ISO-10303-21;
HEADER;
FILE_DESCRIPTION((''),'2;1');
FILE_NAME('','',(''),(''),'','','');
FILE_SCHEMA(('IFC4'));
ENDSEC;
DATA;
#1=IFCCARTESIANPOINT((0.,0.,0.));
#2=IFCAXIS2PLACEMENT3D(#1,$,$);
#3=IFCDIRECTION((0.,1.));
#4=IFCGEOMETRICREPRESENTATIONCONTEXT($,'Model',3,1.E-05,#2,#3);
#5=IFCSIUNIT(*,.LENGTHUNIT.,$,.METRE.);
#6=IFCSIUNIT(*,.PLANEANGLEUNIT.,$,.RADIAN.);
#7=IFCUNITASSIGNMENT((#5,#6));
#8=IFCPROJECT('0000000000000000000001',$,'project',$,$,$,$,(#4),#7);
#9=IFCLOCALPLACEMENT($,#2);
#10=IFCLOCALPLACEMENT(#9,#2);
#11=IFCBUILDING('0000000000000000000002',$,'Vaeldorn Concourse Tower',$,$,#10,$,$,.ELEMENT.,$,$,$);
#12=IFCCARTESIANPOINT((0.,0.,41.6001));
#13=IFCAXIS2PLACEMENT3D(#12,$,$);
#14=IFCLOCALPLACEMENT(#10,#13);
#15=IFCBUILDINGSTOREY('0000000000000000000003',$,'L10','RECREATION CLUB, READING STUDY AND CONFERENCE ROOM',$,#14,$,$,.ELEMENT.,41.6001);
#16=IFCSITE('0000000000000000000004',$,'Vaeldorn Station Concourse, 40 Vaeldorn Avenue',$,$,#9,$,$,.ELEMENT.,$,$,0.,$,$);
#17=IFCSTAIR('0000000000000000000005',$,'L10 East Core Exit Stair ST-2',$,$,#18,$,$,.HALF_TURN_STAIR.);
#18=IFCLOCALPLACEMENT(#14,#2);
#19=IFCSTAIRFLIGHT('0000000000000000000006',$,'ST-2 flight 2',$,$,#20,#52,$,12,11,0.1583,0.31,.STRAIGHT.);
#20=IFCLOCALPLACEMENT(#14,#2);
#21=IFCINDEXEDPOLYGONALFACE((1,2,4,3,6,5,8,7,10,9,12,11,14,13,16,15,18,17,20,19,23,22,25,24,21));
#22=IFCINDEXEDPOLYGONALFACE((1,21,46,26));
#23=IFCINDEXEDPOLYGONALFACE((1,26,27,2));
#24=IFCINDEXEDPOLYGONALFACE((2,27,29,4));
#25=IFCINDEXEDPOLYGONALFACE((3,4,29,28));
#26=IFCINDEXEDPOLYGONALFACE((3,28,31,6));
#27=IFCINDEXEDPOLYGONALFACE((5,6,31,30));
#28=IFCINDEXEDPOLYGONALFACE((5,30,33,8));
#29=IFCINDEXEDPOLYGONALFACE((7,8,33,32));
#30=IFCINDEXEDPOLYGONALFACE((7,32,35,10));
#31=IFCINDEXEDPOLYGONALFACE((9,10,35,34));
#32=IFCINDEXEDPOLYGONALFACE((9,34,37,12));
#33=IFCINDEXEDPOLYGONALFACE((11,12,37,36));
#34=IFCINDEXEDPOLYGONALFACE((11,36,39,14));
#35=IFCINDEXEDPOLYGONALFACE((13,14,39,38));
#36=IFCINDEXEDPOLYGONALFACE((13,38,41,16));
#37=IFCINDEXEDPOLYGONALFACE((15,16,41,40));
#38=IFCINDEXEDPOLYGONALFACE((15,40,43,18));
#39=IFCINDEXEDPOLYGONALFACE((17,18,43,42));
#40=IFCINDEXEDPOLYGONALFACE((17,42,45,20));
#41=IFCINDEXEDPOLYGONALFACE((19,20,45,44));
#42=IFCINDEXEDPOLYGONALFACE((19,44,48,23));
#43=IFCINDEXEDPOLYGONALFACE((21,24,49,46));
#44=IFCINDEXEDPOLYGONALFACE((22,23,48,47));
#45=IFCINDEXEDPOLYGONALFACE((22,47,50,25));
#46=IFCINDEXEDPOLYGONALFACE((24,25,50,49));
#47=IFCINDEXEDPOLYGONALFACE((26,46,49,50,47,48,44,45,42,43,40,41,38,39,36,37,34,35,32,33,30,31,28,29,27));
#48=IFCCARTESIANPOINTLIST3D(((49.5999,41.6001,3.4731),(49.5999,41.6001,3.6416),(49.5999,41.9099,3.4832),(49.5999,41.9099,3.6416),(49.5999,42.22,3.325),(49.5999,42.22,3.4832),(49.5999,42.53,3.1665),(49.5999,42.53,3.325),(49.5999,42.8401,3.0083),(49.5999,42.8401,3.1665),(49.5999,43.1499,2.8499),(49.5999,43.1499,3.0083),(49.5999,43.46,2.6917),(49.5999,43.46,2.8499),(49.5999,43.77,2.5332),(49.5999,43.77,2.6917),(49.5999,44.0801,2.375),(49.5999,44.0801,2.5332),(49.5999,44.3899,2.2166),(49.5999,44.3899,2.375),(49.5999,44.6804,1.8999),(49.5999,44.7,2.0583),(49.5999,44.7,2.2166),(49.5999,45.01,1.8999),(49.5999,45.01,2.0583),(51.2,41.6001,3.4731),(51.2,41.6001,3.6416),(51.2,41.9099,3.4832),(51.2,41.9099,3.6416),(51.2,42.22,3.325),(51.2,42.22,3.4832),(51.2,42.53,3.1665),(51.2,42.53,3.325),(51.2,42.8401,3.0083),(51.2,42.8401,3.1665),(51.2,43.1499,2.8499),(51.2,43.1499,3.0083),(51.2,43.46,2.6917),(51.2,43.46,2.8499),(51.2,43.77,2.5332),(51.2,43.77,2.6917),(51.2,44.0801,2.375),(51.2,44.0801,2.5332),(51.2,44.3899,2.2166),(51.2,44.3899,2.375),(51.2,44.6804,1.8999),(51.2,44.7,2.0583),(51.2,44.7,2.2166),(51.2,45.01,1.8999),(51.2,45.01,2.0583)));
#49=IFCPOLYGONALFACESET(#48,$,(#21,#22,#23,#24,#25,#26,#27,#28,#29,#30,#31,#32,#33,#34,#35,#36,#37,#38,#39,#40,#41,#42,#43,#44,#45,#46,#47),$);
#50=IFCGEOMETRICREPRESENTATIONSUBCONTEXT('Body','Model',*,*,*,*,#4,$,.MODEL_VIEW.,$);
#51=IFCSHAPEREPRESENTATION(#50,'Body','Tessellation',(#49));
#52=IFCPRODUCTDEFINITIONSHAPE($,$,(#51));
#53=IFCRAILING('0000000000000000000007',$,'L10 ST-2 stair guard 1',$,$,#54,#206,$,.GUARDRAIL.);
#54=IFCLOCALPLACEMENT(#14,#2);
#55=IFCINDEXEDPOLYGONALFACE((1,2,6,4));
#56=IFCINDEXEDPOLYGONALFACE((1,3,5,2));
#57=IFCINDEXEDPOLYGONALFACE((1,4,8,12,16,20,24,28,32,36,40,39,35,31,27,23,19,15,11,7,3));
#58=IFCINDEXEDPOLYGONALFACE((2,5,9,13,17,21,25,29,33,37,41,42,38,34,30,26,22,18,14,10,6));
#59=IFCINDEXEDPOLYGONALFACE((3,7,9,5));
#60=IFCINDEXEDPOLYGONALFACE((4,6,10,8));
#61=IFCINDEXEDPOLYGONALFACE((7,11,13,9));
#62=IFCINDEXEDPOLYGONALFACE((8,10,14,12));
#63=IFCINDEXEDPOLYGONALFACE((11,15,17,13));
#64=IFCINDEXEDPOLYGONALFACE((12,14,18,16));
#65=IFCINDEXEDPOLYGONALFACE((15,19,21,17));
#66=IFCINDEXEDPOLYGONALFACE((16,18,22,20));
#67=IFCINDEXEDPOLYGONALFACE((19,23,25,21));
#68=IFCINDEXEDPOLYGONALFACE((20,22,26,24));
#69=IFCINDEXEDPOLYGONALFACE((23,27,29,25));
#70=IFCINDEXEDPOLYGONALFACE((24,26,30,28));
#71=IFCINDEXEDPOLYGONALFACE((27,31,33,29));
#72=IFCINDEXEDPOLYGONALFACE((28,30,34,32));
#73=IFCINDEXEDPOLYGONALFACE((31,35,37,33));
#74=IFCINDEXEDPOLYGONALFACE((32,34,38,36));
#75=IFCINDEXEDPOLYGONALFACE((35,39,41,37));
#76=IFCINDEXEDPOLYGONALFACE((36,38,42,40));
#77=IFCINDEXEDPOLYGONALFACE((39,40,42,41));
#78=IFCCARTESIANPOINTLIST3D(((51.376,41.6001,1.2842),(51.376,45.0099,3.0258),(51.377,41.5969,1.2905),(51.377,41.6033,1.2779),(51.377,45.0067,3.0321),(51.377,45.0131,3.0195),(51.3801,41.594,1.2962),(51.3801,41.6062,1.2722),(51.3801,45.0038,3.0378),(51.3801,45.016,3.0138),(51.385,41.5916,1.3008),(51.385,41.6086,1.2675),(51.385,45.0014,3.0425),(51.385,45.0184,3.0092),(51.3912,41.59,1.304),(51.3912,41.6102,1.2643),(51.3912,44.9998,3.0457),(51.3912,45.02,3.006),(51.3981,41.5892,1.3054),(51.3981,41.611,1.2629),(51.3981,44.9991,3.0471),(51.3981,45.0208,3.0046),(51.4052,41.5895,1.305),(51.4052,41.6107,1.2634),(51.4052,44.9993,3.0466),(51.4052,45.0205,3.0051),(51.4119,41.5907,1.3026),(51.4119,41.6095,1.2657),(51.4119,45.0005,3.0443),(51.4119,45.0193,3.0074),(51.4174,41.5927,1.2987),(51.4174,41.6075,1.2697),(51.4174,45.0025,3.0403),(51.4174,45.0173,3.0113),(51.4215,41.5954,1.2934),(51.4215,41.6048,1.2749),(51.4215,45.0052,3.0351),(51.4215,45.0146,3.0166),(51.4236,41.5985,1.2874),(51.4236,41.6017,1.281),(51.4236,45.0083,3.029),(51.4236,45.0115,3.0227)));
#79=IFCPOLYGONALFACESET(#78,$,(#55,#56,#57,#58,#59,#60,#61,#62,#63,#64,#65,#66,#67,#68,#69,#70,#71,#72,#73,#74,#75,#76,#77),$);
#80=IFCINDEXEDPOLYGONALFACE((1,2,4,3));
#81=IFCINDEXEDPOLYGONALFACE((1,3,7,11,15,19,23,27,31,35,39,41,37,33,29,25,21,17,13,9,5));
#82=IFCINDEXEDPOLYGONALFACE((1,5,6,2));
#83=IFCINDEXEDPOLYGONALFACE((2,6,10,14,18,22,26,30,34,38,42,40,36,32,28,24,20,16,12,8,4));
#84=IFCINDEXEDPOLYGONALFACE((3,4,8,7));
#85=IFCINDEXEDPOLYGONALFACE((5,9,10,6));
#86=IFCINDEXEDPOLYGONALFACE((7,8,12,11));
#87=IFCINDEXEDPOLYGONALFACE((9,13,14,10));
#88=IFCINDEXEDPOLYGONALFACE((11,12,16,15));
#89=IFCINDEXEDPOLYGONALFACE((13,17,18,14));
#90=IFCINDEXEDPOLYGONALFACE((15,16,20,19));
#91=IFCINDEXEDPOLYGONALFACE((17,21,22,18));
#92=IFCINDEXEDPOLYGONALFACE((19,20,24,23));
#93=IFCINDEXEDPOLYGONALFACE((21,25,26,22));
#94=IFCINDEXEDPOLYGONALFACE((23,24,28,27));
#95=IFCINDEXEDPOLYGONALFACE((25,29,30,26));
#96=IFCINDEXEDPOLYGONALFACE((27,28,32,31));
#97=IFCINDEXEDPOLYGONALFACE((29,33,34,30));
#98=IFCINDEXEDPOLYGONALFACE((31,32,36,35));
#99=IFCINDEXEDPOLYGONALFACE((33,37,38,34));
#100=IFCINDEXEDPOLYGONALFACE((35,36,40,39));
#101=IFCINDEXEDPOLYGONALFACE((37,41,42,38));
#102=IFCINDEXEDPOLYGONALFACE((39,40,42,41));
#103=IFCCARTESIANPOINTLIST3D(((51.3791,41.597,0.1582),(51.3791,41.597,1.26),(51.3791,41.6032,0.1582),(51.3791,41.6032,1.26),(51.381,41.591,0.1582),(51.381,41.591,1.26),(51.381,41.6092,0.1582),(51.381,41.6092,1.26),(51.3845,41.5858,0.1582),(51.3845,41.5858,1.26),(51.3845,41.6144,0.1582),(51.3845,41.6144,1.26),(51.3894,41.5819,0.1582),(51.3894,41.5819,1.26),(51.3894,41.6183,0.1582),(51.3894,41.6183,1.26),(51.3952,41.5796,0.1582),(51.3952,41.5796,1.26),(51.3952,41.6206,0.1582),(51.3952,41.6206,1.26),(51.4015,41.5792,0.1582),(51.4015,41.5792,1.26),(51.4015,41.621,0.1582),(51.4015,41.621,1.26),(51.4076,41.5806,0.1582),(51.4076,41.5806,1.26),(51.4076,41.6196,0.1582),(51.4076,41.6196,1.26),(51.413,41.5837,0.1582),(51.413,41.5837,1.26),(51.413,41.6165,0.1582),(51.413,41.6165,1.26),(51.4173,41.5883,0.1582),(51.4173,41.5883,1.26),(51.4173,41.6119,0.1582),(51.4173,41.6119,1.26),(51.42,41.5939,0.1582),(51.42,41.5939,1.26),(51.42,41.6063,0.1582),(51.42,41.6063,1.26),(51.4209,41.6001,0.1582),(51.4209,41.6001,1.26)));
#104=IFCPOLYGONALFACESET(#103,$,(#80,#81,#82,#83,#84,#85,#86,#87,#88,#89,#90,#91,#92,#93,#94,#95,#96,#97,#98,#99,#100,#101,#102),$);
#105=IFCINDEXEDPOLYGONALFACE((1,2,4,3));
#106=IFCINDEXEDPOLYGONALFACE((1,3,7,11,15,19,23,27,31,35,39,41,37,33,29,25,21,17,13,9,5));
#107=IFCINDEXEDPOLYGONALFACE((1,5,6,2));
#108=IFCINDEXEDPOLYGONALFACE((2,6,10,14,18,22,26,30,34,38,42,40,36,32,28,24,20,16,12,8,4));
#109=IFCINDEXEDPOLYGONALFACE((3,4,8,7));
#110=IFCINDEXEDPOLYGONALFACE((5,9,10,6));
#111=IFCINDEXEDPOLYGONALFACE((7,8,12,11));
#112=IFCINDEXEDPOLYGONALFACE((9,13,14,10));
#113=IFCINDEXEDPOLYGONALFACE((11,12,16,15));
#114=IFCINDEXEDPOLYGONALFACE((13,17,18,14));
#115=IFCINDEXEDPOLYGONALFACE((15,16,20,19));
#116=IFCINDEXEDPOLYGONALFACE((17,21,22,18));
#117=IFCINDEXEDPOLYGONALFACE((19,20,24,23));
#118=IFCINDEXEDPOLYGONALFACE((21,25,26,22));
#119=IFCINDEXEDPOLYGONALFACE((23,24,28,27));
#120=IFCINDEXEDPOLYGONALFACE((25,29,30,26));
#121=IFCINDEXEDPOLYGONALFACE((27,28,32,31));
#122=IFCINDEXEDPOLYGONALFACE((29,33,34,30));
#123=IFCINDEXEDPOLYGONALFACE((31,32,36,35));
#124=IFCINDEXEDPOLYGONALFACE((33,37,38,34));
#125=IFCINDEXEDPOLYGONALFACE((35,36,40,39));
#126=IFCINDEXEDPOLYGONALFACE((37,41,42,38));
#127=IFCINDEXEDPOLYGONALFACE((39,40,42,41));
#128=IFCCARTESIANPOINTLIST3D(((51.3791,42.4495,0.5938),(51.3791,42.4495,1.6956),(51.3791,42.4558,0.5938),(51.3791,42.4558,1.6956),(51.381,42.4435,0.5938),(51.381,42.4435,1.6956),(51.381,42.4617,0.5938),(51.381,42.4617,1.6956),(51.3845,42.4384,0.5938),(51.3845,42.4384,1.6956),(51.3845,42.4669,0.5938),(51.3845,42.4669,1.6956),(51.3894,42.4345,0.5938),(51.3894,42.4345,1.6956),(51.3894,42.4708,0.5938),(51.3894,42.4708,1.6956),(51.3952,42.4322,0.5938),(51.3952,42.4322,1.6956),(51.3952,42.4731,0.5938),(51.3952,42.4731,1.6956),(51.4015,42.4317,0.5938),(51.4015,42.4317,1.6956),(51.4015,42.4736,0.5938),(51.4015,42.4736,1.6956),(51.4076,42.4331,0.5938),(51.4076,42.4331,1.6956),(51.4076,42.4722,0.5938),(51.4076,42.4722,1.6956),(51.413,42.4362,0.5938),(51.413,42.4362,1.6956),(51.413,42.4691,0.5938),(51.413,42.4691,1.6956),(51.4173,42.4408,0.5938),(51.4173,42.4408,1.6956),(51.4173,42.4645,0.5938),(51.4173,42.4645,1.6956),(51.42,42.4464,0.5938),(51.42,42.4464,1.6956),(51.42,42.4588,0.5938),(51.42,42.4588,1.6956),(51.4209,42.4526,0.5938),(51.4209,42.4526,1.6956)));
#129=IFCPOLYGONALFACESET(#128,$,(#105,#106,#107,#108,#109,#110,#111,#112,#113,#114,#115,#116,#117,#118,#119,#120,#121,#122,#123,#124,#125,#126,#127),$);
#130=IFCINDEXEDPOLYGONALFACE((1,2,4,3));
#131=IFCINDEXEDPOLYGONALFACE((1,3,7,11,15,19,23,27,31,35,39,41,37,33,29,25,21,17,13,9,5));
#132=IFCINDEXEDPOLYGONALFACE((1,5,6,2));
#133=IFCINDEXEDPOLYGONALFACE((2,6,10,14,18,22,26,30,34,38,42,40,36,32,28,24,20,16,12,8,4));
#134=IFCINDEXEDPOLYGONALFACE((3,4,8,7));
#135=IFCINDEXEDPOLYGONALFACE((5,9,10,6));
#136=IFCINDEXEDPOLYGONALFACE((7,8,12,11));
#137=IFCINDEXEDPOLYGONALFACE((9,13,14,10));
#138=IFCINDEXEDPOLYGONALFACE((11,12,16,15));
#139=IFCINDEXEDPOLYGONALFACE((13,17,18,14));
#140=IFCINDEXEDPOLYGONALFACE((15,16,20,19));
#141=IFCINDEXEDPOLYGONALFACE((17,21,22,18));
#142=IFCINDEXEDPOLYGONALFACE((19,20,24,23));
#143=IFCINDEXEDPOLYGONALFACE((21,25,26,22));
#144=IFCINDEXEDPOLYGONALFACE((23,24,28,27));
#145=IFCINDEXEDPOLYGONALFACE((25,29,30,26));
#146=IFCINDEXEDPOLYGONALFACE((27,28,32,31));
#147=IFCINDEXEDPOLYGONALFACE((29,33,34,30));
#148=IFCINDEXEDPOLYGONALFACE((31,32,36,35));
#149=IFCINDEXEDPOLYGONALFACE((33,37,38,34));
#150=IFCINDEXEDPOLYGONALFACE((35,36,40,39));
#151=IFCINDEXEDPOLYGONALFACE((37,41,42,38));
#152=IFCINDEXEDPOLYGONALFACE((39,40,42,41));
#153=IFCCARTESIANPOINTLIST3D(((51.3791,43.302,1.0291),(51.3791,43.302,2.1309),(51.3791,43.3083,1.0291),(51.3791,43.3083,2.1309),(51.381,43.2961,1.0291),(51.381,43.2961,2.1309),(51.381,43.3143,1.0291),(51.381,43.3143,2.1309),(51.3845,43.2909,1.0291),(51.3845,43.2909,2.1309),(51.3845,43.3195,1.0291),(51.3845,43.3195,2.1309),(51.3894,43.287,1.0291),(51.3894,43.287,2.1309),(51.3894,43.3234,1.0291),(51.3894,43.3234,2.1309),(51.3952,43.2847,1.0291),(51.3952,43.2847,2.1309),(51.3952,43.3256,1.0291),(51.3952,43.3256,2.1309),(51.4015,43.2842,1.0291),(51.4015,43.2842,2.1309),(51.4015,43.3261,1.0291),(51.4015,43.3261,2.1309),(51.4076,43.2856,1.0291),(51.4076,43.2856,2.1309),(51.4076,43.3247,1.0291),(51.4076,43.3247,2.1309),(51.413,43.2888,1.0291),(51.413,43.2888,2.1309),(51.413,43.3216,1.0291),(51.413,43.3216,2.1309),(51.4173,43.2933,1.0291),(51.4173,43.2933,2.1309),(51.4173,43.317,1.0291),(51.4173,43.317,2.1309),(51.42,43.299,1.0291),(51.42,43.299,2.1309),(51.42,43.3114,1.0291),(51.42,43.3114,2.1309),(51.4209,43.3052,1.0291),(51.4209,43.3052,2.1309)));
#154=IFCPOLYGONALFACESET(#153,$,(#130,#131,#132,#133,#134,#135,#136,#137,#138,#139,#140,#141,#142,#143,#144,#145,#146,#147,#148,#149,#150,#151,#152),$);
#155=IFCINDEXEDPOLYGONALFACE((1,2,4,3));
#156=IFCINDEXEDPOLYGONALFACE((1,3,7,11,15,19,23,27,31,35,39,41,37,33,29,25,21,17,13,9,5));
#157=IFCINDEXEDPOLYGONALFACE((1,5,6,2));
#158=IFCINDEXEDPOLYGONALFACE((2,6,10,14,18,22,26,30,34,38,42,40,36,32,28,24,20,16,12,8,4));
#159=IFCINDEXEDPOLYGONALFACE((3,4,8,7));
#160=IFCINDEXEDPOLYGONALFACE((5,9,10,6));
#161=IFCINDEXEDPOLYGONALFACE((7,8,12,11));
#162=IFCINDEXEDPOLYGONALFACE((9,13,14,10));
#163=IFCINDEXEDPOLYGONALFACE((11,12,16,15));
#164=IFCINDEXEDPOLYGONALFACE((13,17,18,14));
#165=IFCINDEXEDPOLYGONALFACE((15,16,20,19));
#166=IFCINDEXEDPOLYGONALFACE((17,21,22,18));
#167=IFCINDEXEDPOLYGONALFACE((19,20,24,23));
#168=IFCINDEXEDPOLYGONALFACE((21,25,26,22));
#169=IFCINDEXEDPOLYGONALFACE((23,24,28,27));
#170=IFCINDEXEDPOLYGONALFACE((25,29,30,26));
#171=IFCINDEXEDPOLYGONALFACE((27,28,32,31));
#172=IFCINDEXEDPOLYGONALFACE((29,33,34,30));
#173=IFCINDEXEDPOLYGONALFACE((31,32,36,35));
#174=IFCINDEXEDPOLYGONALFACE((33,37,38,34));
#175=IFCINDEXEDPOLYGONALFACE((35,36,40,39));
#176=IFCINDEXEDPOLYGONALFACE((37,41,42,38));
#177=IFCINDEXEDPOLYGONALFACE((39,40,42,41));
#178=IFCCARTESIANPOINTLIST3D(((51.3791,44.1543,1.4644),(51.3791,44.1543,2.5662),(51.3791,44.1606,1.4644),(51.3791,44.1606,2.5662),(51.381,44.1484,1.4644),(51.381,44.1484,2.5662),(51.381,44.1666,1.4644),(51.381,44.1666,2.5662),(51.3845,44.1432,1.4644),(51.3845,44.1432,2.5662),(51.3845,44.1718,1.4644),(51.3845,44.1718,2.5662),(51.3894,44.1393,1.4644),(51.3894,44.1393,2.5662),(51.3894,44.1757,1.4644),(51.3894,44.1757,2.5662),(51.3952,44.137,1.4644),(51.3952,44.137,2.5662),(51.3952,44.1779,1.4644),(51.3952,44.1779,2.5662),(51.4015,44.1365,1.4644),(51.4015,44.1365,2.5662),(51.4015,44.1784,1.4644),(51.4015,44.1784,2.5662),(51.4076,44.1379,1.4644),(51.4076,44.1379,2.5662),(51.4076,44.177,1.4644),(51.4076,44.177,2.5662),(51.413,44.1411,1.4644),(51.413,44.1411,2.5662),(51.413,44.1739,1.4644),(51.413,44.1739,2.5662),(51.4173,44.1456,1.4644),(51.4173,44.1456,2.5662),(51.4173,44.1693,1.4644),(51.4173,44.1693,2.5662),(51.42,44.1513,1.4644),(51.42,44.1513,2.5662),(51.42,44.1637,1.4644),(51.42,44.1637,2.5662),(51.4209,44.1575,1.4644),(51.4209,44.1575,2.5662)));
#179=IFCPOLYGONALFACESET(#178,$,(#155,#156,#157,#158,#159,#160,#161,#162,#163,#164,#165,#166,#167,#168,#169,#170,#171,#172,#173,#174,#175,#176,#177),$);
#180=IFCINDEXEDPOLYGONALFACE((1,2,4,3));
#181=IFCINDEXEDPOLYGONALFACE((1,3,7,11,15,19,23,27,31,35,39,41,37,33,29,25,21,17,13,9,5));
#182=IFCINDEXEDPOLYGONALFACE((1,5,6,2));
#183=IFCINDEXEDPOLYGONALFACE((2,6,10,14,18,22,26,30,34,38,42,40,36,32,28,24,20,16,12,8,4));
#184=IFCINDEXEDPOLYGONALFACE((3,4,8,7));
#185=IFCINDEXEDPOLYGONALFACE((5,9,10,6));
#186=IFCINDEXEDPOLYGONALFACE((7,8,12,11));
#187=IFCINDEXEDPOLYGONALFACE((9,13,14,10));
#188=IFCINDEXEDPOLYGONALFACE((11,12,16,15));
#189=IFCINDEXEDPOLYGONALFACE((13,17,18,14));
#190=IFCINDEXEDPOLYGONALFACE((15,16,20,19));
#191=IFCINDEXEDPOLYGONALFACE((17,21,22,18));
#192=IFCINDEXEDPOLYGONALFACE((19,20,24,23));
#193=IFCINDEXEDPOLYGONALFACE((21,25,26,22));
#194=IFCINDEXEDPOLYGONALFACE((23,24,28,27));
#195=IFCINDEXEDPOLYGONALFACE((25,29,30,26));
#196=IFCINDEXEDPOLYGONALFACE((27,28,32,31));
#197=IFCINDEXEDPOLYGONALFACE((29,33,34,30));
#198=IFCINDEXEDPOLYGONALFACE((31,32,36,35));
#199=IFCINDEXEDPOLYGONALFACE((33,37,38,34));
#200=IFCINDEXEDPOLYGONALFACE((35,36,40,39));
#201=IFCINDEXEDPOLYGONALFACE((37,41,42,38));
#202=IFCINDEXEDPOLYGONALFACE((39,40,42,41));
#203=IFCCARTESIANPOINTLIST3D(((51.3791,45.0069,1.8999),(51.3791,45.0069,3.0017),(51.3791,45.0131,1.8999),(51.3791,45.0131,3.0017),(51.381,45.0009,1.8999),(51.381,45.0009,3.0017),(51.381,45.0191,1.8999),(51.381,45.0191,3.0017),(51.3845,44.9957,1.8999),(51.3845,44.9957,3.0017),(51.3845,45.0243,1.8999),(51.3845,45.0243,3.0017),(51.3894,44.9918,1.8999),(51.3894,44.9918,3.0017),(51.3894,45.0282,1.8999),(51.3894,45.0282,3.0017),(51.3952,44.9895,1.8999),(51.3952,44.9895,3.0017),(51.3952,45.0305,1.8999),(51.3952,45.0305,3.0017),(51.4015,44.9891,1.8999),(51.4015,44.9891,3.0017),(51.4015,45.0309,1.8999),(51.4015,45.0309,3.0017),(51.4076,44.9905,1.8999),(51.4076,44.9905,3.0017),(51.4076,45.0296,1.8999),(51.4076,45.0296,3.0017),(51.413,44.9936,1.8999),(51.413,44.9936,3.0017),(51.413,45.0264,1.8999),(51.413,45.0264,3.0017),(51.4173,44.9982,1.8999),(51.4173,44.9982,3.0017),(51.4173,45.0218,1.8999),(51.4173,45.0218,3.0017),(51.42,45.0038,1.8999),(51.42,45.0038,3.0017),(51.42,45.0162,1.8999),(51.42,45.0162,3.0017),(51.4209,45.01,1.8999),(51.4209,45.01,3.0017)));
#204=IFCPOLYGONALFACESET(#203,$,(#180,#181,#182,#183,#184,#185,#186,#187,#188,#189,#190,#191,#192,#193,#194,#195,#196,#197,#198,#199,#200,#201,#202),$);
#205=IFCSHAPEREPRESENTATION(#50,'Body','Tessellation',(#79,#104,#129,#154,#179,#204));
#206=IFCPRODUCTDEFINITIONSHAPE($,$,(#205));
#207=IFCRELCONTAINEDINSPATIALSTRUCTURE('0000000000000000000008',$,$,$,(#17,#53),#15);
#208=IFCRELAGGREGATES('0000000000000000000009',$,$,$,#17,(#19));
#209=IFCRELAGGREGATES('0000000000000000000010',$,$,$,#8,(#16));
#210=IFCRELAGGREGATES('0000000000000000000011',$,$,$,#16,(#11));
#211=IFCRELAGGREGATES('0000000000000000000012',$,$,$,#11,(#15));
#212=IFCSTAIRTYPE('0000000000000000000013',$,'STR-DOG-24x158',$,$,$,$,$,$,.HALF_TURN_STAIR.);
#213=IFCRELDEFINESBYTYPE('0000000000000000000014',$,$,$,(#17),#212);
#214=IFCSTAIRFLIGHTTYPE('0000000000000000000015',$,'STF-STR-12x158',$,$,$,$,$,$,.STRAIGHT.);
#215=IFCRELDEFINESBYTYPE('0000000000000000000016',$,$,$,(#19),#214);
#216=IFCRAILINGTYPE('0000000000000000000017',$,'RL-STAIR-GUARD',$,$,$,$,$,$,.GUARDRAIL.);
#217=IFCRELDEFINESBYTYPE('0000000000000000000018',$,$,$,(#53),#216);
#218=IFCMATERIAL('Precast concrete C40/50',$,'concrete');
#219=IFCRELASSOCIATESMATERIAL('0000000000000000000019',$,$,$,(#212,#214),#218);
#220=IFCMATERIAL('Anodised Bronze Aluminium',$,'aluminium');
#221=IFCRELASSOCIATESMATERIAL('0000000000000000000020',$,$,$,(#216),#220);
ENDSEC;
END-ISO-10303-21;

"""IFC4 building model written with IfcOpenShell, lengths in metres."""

from ifc_helpers import new_model, si_unit, direction, frame, origin, origin_2d, place, context, subcontext, project, spatial, polyline, circle, outline, extrude, material, type_object, element, aggregate, save


model = new_model("IFC4")

# Units and contexts
model_context = context("Model", 3, precision=1e-05, world=origin(), true_north=direction((0.0, 1.0)))
body_context = subcontext(model_context, "Body", "Model", "MODEL_VIEW")
ifc_project = project(units=[si_unit("LENGTHUNIT", "METRE"), si_unit("PLANEANGLEUNIT", "RADIAN")], contexts=[model_context])

# Site, building, storey
site_placement = place(None, origin())
site = spatial("IfcSite", under=ifc_project, at=site_placement, Name="Vaeldorn Station Concourse, 40 Vaeldorn Avenue", CompositionType="ELEMENT", RefElevation=0.0)
building_placement = place(site_placement, origin())
building = spatial("IfcBuilding", under=site, at=building_placement, Name="Vaeldorn Concourse Tower", CompositionType="ELEMENT")
storey_placement = place(building_placement, frame((0.0, 0.0, 41.6001)))
storey = spatial("IfcBuildingStorey", under=building, at=storey_placement, Name="L10", Description="RECREATION CLUB, READING STUDY AND CONFERENCE ROOM", CompositionType="ELEMENT", Elevation=41.6001)

# Shared definitions
ifc_material_1 = material(Name="Anodised Bronze Aluminium", Category="aluminium")

# Stair, stair flight
ifc_material_2 = material(Name="Precast concrete C40/50", Category="concrete")
stair_type = type_object("IfcStairType", Name="STR-DOG-24x158", PredefinedType="HALF_TURN_STAIR", material=ifc_material_2)
stair_placement = place(storey_placement, origin())
stair = element("IfcStair", 1, at=stair_placement, inside=storey, type_object=stair_type, Name="L10 East Core Exit Stair ST-2", PredefinedType="HALF_TURN_STAIR")
stair_flight_type = type_object("IfcStairFlightType", Name="STF-STR-12x158", PredefinedType="STRAIGHT", material=ifc_material_2)
stair_flight_1_placement = place(storey_placement, frame((50.3999, 45.01, 1.8999), z_axis=(0.0, 0.0, 1.0), x_axis=(0.0, -1.0, 0.0)))
stair_flight_1 = element("IfcStairFlight", 2, at=stair_flight_1_placement, type_object=stair_flight_type, Name="ST-2 flight 2", NumberOfRisers=12, NumberOfTreads=11, PredefinedType="STRAIGHT", RiserHeight=0.1583, TreadLength=0.31, context=body_context, shape_type="SweptSolid", body=[
    extrude(outline(polyline([(0.0, 0.0), (0.0, 0.1584), (0.3101, 0.1584), (0.3101, 0.3167), (0.6201, 0.3167), (0.6201, 0.4751), (0.9299, 0.4751), (0.9299, 0.6333), (1.24, 0.6333), (1.24, 0.7917), (1.55, 0.7917), (1.55, 0.95), (1.8601, 0.95), (1.8601, 1.1084), (2.1699, 1.1084), (2.1699, 1.2666), (2.48, 1.2666), (2.48, 1.425), (2.79, 1.425), (2.79, 1.5833), (3.1001, 1.5833), (3.1001, 1.7417), (3.4099, 1.7417), (3.4099, 1.8999), (3.4099, 1.5732), (0.3296, 0.0), (0.0, 0.0)])), frame((0.0, 0.8, 0.0), z_axis=(0.0, -1.0, 0.0), x_axis=(1.0, 0.0, 0.0)), (0.0, 0.0, 1.0), 1.6001),
])
aggregate(stair, [stair_flight_1])

# Railing
railing_type_1 = type_object("IfcRailingType", Name="RL-STAIR-GUARD", PredefinedType="GUARDRAIL", material=ifc_material_1)
railing_1_placement = place(storey_placement, frame((51.3999, 41.6001, 0.1582)))
element("IfcRailing", 3, at=railing_1_placement, inside=storey, type_object=railing_type_1, Name="L10 ST-2 stair guard 1", PredefinedType="GUARDRAIL", context=body_context, shape_type="SweptSolid", body=[
    extrude(circle(Radius=0.0239, at=origin_2d()), frame((0.0, 0.0, 1.126), z_axis=(0.0, 0.890556, 0.454874), x_axis=(-1.0, 0.0, 0.0)), (0.0, 0.0, 1.0), 3.8289),
    extrude(circle(Radius=0.021, at=origin_2d()), origin(), (0.0, 0.0, 1.0), 1.1018),
    extrude(circle(Radius=0.021, at=origin_2d()), frame((0.0, 0.8525, 0.4355)), (0.0, 0.0, 1.0), 1.1018),
    extrude(circle(Radius=0.021, at=origin_2d()), frame((0.0, 1.7051, 0.8708)), (0.0, 0.0, 1.0), 1.1018),
    extrude(circle(Radius=0.021, at=origin_2d()), frame((0.0, 2.5574, 1.3062)), (0.0, 0.0, 1.0), 1.1018),
    extrude(circle(Radius=0.021, at=origin_2d()), frame((0.0, 3.4099, 1.7417)), (0.0, 0.0, 1.0), 1.1018),
])

save(model, "model.ifc")
